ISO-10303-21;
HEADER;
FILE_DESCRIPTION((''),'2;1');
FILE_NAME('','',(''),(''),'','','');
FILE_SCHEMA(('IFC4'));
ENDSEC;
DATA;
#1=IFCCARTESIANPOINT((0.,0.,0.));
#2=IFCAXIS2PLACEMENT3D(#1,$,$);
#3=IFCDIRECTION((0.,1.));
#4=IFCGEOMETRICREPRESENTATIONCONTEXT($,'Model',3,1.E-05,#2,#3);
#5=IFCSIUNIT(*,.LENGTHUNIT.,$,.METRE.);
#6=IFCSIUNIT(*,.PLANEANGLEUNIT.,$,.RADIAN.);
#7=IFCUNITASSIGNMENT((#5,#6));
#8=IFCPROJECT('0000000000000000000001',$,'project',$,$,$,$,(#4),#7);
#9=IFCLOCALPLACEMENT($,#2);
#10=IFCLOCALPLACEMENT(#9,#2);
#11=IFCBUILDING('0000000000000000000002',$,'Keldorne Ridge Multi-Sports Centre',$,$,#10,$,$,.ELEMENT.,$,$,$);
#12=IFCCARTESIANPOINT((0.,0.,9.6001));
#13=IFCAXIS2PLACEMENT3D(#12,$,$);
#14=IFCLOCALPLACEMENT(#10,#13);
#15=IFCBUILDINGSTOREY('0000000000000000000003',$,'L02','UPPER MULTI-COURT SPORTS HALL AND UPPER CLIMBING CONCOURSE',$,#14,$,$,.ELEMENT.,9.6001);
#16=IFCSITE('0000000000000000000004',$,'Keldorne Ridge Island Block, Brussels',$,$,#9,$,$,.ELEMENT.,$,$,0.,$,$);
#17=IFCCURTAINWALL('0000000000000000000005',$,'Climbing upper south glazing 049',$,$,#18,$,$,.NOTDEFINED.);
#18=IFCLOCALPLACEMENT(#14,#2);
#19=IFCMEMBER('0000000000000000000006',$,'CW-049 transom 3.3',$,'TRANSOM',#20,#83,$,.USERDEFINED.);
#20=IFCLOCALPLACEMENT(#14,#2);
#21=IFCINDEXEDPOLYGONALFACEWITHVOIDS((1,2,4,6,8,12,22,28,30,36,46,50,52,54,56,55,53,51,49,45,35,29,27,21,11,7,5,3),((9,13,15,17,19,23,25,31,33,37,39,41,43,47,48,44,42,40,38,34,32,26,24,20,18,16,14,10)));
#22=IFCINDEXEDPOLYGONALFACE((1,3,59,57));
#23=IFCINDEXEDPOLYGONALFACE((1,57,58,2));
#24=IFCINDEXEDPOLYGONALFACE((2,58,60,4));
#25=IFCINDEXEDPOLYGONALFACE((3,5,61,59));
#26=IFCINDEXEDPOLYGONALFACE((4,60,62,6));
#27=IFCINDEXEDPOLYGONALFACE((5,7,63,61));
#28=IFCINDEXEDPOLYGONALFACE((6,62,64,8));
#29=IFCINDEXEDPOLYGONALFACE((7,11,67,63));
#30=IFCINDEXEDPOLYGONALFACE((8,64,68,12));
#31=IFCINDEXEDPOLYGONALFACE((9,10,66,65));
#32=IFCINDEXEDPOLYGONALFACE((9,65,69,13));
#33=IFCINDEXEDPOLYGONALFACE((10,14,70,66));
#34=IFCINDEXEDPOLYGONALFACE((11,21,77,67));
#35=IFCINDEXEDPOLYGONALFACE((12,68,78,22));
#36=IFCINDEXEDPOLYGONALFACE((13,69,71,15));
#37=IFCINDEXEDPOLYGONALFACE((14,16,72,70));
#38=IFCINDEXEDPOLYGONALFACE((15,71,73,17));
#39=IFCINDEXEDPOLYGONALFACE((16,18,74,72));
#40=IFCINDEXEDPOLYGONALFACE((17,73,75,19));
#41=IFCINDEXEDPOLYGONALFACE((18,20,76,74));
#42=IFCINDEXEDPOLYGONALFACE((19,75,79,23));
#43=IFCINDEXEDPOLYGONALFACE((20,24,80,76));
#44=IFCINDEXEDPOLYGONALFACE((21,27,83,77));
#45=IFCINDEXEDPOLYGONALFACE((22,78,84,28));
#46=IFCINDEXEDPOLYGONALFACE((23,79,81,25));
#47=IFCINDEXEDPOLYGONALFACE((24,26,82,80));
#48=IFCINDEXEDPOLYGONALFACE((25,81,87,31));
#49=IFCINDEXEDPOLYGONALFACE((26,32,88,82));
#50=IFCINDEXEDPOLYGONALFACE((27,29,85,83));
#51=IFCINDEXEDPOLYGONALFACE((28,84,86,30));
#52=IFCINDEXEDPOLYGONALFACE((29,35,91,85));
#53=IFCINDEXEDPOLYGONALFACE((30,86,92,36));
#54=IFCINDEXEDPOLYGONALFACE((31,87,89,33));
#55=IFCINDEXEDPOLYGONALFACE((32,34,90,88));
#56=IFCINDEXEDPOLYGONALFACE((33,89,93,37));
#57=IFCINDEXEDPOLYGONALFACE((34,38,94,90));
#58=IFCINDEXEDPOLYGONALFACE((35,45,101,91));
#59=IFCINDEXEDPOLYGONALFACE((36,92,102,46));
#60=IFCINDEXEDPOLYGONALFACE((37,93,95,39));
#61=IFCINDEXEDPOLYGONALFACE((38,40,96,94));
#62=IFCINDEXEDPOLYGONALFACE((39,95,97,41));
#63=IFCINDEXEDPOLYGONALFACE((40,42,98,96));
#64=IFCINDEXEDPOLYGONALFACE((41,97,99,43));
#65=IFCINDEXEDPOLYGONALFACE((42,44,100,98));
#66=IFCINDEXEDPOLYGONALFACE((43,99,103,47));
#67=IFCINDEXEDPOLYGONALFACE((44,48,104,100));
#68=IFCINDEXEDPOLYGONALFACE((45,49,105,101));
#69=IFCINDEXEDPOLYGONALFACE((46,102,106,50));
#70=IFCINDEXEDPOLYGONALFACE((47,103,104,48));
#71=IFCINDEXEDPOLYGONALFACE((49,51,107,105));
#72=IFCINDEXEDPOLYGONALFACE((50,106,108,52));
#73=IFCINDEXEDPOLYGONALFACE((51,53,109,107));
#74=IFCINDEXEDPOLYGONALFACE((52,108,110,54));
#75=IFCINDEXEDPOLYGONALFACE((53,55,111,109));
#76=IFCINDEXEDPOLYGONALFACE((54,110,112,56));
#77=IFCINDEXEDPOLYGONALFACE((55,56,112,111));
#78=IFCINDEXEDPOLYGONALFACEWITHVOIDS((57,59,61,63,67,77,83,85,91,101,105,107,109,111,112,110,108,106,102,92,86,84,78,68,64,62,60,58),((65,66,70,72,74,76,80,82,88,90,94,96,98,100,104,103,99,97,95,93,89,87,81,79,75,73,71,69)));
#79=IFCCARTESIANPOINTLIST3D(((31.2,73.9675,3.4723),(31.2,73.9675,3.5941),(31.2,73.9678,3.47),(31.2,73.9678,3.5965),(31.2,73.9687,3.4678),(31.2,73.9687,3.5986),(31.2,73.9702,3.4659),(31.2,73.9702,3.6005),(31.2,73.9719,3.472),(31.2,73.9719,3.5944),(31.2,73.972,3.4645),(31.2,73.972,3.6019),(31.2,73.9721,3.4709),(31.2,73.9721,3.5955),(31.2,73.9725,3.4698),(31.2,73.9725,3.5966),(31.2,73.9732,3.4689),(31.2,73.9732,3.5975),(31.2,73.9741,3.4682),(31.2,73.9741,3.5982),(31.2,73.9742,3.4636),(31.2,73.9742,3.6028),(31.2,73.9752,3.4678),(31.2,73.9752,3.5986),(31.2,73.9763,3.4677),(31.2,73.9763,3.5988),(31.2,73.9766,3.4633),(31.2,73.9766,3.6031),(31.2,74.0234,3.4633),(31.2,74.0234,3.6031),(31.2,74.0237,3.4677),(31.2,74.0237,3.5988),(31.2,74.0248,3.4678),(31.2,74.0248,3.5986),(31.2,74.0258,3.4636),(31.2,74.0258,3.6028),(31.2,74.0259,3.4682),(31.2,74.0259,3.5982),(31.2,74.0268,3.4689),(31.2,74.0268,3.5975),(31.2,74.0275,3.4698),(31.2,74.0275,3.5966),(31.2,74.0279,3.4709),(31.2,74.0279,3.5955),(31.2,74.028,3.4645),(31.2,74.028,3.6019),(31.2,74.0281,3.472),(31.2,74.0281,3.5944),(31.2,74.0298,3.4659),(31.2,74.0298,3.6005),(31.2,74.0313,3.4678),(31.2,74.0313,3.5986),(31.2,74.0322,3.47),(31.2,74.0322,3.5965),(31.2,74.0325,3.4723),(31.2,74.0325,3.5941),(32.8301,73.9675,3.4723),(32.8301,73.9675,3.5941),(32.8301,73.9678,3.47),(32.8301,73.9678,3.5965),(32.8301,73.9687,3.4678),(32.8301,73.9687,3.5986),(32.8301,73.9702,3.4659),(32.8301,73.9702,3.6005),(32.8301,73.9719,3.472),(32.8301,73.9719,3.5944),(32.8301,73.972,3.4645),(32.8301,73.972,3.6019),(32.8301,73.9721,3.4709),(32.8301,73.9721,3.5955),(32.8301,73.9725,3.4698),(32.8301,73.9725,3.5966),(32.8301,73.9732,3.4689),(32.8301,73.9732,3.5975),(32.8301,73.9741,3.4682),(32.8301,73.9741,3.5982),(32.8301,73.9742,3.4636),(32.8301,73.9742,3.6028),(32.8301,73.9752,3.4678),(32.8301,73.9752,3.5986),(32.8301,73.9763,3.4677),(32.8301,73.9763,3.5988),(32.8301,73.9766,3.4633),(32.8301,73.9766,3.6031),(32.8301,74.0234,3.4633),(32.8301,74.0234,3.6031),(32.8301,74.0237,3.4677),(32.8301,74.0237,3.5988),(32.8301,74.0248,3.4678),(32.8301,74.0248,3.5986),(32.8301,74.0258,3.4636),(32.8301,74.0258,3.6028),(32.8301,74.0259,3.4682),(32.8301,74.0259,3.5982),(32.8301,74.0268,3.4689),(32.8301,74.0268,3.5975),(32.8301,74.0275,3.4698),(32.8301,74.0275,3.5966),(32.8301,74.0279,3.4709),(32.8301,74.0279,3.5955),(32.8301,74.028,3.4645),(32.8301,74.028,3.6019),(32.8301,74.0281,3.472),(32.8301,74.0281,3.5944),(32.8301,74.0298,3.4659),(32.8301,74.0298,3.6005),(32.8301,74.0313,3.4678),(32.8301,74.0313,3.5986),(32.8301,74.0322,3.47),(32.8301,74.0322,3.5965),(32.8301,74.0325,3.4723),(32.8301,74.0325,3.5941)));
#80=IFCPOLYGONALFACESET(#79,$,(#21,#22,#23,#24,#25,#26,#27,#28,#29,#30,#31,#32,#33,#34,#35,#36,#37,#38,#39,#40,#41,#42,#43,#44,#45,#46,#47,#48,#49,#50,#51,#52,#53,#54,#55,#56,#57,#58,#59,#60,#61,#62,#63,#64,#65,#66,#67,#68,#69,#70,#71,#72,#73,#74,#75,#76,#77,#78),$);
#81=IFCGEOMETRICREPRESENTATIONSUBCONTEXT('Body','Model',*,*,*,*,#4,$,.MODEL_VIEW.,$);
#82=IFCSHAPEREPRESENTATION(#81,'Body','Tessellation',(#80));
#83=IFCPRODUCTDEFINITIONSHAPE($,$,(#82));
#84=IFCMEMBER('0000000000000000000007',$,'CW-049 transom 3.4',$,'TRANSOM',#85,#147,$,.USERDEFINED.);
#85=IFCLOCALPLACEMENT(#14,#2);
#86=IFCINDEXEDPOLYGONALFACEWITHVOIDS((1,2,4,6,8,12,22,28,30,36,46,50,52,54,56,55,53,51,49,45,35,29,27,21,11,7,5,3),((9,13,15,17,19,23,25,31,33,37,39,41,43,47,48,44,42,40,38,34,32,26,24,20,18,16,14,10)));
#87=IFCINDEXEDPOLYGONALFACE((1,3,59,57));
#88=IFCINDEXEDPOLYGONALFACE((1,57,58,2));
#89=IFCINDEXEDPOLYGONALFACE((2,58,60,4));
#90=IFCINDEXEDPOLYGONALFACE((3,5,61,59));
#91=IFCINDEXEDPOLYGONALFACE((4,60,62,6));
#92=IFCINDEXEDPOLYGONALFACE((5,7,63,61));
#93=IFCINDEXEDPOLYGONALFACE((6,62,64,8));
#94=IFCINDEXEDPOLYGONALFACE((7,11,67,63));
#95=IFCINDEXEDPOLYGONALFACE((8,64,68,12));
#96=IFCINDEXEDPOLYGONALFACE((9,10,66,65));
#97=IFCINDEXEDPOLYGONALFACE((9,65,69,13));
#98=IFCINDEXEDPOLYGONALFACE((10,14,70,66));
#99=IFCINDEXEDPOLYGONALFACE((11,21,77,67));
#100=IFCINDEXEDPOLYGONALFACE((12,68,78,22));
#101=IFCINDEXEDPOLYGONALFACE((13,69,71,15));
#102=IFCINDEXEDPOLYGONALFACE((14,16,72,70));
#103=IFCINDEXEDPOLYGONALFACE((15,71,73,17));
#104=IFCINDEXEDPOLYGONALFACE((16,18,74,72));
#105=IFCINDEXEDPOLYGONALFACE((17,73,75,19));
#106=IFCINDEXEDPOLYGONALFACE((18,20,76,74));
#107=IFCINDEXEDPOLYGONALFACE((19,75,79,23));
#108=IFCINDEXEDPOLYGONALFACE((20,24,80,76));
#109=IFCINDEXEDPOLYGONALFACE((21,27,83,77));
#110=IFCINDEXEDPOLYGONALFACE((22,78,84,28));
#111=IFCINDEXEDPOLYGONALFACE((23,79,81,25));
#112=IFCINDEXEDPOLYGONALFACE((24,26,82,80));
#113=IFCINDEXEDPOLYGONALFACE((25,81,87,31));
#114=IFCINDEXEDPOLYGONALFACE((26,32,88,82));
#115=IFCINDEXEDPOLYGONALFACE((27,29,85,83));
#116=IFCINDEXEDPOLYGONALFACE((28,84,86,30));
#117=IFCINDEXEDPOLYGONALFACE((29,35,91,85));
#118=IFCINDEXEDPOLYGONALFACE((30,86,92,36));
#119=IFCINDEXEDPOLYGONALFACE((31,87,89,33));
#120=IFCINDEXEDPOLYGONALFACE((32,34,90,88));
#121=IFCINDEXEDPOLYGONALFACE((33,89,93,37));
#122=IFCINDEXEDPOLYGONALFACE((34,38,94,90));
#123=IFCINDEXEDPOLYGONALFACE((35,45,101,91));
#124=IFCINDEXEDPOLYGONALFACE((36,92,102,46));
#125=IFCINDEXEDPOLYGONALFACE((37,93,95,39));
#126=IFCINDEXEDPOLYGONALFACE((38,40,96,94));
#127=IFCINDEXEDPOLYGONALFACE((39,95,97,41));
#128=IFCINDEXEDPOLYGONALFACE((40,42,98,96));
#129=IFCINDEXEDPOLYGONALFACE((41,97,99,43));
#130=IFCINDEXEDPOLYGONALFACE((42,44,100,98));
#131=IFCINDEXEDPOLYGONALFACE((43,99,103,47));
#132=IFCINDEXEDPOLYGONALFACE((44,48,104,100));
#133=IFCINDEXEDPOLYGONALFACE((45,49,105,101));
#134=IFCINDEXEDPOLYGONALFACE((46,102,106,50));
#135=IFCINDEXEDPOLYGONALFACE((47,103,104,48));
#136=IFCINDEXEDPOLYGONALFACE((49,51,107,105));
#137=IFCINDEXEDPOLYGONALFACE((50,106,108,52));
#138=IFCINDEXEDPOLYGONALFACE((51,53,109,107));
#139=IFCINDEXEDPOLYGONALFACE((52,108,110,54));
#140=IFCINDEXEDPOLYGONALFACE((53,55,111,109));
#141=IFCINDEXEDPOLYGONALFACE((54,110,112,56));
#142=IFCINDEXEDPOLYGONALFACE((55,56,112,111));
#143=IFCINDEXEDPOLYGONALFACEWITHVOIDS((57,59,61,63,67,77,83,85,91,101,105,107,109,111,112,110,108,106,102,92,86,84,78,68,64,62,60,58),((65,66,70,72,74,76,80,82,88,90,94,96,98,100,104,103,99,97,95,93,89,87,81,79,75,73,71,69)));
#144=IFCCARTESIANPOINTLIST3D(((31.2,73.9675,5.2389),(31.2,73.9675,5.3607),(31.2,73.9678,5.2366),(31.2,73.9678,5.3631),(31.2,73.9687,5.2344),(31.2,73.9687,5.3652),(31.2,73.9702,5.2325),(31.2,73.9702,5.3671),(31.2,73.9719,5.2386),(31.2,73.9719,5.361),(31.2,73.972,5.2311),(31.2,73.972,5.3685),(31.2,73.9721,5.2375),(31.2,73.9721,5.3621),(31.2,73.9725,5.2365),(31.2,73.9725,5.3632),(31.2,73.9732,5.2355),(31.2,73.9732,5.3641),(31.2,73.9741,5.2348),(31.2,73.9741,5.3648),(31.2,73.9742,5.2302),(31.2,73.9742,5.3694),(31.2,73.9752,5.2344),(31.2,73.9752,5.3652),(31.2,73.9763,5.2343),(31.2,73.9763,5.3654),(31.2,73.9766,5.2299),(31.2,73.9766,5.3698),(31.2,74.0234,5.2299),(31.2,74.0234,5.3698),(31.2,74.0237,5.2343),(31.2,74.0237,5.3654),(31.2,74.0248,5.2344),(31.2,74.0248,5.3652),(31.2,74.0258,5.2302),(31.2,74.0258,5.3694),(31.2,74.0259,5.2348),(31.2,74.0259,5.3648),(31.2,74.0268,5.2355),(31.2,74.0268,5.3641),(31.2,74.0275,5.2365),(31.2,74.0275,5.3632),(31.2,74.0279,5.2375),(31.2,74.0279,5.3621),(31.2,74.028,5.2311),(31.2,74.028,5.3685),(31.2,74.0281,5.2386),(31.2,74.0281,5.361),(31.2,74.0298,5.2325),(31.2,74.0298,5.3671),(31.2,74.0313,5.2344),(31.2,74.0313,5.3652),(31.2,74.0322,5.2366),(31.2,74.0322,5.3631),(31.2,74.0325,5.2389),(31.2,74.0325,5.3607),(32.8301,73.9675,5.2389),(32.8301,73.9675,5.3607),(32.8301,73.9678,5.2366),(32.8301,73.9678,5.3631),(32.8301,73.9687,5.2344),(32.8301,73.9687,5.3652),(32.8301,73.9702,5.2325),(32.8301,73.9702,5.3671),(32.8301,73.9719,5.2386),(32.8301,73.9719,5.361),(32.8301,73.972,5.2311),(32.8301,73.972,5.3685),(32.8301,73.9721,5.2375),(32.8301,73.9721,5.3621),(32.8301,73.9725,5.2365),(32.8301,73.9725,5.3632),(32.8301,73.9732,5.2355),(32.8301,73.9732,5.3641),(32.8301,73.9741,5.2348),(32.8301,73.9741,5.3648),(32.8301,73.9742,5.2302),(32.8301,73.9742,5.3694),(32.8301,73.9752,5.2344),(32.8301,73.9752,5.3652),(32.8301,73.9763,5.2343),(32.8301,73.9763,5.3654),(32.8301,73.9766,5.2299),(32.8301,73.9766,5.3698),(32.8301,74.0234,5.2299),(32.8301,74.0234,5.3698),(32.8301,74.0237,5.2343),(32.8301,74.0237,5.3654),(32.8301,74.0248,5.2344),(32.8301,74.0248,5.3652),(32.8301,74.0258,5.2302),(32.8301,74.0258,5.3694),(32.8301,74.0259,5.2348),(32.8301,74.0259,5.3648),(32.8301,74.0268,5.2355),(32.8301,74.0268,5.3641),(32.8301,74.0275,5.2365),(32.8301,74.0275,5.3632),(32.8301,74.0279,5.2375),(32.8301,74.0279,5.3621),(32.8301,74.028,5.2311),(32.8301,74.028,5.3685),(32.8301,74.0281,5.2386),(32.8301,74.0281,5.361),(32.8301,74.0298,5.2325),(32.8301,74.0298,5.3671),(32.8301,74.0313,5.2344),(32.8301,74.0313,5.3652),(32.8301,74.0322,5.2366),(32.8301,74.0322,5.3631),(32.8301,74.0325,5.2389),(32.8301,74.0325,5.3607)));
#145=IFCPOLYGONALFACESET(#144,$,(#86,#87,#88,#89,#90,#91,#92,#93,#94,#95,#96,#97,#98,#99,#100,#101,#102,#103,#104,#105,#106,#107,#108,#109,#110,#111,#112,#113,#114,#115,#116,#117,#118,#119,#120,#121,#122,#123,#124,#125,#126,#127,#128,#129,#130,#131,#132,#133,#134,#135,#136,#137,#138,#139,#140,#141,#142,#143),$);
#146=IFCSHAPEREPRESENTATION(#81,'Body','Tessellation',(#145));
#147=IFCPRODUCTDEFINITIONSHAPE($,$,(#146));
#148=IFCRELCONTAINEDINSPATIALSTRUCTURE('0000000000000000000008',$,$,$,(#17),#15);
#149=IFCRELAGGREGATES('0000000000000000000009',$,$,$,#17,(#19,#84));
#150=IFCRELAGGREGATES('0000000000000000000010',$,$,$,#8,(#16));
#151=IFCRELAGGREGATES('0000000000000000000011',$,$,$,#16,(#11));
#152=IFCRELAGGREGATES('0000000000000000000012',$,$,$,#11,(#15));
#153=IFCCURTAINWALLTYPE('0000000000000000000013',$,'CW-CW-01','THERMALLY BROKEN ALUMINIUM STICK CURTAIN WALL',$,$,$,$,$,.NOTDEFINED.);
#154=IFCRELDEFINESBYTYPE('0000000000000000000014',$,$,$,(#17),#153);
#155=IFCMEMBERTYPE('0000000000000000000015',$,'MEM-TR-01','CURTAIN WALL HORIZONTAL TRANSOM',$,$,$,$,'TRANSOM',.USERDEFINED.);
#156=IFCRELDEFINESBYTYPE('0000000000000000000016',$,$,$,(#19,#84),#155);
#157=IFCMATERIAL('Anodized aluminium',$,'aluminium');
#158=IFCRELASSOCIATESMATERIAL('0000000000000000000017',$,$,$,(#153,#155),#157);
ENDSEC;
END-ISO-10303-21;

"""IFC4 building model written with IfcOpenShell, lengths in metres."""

from ifc_helpers import new_model, si_unit, direction, frame, origin, origin_2d, place, context, subcontext, project, spatial, hollow_rectangle, extrude, material, material_profile, profile_set, type_object, element, aggregate, save


model = new_model("IFC4")

# Units and contexts
model_context = context("Model", 3, precision=1e-05, world=origin(), true_north=direction((0.0, 1.0)))
body_context = subcontext(model_context, "Body", "Model", "MODEL_VIEW")
ifc_project = project(units=[si_unit("LENGTHUNIT", "METRE"), si_unit("PLANEANGLEUNIT", "RADIAN")], contexts=[model_context])

# Site, building, storey
site_placement = place(None, origin())
site = spatial("IfcSite", under=ifc_project, at=site_placement, Name="Keldorne Ridge Island Block, Brussels", CompositionType="ELEMENT", RefElevation=0.0)
building_placement = place(site_placement, origin())
building = spatial("IfcBuilding", under=site, at=building_placement, Name="Keldorne Ridge Multi-Sports Centre", CompositionType="ELEMENT")
storey_placement = place(building_placement, frame((0.0, 0.0, 9.6001)))
storey = spatial("IfcBuildingStorey", under=building, at=storey_placement, Name="L02", Description="UPPER MULTI-COURT SPORTS HALL AND UPPER CLIMBING CONCOURSE", CompositionType="ELEMENT", Elevation=9.6001)

# Curtain wall
ifc_material_1 = material(Name="Anodized aluminium", Category="aluminium")
curtain_wall_type = type_object("IfcCurtainWallType", Name="CW-CW-01", Description="THERMALLY BROKEN ALUMINIUM STICK CURTAIN WALL", PredefinedType="NOTDEFINED", material=ifc_material_1)
curtain_wall_placement = place(storey_placement, origin())
curtain_wall = element("IfcCurtainWall", 1, at=curtain_wall_placement, inside=storey, type_object=curtain_wall_type, Name="Climbing upper south glazing 049", PredefinedType="NOTDEFINED")

# Members
ifc_material_profile_1 = material_profile(ifc_material_1, hollow_rectangle(XDim=0.0649, YDim=0.1399, WallThickness=0.0044, InnerFilletRadius=0.0044, OuterFilletRadius=0.009, at=origin_2d()), Name="ALU TRANSOM 140x65x4.5")
ifc_profile_set_1 = profile_set([ifc_material_profile_1], Name="Anodized aluminium")
member_type_1 = type_object("IfcMemberType", Name="MEM-TR-01", Description="CURTAIN WALL HORIZONTAL TRANSOM", ElementType="TRANSOM", PredefinedType="USERDEFINED", material=ifc_profile_set_1)
member_1_placement = place(storey_placement, frame((31.2, 74.0, 3.5332), z_axis=(1.0, 0.0, 0.0), x_axis=(0.0, 1.0, 0.0)))
member_1 = element("IfcMember", 2, at=member_1_placement, type_object=member_type_1, Name="CW-049 transom 3.3", ObjectType="TRANSOM", PredefinedType="USERDEFINED", context=body_context, shape_type="SweptSolid", body=[
    extrude(hollow_rectangle(XDim=0.0649, YDim=0.1399, WallThickness=0.0044, InnerFilletRadius=0.0044, OuterFilletRadius=0.009, at=origin_2d()), origin(), (0.0, 0.0, 1.0), 1.6301),
])
member_2_placement = place(storey_placement, frame((31.2, 74.0, 5.2998), z_axis=(1.0, 0.0, 0.0), x_axis=(0.0, 1.0, 0.0)))
member_2 = element("IfcMember", 3, at=member_2_placement, type_object=member_type_1, Name="CW-049 transom 3.4", ObjectType="TRANSOM", PredefinedType="USERDEFINED", context=body_context, shape_type="SweptSolid", body=[
    extrude(hollow_rectangle(XDim=0.0649, YDim=0.1399, WallThickness=0.0044, InnerFilletRadius=0.0044, OuterFilletRadius=0.009, at=origin_2d()), origin(), (0.0, 0.0, 1.0), 1.6301),
])

aggregate(curtain_wall, [member_1, member_2])

save(model, "model.ifc")
